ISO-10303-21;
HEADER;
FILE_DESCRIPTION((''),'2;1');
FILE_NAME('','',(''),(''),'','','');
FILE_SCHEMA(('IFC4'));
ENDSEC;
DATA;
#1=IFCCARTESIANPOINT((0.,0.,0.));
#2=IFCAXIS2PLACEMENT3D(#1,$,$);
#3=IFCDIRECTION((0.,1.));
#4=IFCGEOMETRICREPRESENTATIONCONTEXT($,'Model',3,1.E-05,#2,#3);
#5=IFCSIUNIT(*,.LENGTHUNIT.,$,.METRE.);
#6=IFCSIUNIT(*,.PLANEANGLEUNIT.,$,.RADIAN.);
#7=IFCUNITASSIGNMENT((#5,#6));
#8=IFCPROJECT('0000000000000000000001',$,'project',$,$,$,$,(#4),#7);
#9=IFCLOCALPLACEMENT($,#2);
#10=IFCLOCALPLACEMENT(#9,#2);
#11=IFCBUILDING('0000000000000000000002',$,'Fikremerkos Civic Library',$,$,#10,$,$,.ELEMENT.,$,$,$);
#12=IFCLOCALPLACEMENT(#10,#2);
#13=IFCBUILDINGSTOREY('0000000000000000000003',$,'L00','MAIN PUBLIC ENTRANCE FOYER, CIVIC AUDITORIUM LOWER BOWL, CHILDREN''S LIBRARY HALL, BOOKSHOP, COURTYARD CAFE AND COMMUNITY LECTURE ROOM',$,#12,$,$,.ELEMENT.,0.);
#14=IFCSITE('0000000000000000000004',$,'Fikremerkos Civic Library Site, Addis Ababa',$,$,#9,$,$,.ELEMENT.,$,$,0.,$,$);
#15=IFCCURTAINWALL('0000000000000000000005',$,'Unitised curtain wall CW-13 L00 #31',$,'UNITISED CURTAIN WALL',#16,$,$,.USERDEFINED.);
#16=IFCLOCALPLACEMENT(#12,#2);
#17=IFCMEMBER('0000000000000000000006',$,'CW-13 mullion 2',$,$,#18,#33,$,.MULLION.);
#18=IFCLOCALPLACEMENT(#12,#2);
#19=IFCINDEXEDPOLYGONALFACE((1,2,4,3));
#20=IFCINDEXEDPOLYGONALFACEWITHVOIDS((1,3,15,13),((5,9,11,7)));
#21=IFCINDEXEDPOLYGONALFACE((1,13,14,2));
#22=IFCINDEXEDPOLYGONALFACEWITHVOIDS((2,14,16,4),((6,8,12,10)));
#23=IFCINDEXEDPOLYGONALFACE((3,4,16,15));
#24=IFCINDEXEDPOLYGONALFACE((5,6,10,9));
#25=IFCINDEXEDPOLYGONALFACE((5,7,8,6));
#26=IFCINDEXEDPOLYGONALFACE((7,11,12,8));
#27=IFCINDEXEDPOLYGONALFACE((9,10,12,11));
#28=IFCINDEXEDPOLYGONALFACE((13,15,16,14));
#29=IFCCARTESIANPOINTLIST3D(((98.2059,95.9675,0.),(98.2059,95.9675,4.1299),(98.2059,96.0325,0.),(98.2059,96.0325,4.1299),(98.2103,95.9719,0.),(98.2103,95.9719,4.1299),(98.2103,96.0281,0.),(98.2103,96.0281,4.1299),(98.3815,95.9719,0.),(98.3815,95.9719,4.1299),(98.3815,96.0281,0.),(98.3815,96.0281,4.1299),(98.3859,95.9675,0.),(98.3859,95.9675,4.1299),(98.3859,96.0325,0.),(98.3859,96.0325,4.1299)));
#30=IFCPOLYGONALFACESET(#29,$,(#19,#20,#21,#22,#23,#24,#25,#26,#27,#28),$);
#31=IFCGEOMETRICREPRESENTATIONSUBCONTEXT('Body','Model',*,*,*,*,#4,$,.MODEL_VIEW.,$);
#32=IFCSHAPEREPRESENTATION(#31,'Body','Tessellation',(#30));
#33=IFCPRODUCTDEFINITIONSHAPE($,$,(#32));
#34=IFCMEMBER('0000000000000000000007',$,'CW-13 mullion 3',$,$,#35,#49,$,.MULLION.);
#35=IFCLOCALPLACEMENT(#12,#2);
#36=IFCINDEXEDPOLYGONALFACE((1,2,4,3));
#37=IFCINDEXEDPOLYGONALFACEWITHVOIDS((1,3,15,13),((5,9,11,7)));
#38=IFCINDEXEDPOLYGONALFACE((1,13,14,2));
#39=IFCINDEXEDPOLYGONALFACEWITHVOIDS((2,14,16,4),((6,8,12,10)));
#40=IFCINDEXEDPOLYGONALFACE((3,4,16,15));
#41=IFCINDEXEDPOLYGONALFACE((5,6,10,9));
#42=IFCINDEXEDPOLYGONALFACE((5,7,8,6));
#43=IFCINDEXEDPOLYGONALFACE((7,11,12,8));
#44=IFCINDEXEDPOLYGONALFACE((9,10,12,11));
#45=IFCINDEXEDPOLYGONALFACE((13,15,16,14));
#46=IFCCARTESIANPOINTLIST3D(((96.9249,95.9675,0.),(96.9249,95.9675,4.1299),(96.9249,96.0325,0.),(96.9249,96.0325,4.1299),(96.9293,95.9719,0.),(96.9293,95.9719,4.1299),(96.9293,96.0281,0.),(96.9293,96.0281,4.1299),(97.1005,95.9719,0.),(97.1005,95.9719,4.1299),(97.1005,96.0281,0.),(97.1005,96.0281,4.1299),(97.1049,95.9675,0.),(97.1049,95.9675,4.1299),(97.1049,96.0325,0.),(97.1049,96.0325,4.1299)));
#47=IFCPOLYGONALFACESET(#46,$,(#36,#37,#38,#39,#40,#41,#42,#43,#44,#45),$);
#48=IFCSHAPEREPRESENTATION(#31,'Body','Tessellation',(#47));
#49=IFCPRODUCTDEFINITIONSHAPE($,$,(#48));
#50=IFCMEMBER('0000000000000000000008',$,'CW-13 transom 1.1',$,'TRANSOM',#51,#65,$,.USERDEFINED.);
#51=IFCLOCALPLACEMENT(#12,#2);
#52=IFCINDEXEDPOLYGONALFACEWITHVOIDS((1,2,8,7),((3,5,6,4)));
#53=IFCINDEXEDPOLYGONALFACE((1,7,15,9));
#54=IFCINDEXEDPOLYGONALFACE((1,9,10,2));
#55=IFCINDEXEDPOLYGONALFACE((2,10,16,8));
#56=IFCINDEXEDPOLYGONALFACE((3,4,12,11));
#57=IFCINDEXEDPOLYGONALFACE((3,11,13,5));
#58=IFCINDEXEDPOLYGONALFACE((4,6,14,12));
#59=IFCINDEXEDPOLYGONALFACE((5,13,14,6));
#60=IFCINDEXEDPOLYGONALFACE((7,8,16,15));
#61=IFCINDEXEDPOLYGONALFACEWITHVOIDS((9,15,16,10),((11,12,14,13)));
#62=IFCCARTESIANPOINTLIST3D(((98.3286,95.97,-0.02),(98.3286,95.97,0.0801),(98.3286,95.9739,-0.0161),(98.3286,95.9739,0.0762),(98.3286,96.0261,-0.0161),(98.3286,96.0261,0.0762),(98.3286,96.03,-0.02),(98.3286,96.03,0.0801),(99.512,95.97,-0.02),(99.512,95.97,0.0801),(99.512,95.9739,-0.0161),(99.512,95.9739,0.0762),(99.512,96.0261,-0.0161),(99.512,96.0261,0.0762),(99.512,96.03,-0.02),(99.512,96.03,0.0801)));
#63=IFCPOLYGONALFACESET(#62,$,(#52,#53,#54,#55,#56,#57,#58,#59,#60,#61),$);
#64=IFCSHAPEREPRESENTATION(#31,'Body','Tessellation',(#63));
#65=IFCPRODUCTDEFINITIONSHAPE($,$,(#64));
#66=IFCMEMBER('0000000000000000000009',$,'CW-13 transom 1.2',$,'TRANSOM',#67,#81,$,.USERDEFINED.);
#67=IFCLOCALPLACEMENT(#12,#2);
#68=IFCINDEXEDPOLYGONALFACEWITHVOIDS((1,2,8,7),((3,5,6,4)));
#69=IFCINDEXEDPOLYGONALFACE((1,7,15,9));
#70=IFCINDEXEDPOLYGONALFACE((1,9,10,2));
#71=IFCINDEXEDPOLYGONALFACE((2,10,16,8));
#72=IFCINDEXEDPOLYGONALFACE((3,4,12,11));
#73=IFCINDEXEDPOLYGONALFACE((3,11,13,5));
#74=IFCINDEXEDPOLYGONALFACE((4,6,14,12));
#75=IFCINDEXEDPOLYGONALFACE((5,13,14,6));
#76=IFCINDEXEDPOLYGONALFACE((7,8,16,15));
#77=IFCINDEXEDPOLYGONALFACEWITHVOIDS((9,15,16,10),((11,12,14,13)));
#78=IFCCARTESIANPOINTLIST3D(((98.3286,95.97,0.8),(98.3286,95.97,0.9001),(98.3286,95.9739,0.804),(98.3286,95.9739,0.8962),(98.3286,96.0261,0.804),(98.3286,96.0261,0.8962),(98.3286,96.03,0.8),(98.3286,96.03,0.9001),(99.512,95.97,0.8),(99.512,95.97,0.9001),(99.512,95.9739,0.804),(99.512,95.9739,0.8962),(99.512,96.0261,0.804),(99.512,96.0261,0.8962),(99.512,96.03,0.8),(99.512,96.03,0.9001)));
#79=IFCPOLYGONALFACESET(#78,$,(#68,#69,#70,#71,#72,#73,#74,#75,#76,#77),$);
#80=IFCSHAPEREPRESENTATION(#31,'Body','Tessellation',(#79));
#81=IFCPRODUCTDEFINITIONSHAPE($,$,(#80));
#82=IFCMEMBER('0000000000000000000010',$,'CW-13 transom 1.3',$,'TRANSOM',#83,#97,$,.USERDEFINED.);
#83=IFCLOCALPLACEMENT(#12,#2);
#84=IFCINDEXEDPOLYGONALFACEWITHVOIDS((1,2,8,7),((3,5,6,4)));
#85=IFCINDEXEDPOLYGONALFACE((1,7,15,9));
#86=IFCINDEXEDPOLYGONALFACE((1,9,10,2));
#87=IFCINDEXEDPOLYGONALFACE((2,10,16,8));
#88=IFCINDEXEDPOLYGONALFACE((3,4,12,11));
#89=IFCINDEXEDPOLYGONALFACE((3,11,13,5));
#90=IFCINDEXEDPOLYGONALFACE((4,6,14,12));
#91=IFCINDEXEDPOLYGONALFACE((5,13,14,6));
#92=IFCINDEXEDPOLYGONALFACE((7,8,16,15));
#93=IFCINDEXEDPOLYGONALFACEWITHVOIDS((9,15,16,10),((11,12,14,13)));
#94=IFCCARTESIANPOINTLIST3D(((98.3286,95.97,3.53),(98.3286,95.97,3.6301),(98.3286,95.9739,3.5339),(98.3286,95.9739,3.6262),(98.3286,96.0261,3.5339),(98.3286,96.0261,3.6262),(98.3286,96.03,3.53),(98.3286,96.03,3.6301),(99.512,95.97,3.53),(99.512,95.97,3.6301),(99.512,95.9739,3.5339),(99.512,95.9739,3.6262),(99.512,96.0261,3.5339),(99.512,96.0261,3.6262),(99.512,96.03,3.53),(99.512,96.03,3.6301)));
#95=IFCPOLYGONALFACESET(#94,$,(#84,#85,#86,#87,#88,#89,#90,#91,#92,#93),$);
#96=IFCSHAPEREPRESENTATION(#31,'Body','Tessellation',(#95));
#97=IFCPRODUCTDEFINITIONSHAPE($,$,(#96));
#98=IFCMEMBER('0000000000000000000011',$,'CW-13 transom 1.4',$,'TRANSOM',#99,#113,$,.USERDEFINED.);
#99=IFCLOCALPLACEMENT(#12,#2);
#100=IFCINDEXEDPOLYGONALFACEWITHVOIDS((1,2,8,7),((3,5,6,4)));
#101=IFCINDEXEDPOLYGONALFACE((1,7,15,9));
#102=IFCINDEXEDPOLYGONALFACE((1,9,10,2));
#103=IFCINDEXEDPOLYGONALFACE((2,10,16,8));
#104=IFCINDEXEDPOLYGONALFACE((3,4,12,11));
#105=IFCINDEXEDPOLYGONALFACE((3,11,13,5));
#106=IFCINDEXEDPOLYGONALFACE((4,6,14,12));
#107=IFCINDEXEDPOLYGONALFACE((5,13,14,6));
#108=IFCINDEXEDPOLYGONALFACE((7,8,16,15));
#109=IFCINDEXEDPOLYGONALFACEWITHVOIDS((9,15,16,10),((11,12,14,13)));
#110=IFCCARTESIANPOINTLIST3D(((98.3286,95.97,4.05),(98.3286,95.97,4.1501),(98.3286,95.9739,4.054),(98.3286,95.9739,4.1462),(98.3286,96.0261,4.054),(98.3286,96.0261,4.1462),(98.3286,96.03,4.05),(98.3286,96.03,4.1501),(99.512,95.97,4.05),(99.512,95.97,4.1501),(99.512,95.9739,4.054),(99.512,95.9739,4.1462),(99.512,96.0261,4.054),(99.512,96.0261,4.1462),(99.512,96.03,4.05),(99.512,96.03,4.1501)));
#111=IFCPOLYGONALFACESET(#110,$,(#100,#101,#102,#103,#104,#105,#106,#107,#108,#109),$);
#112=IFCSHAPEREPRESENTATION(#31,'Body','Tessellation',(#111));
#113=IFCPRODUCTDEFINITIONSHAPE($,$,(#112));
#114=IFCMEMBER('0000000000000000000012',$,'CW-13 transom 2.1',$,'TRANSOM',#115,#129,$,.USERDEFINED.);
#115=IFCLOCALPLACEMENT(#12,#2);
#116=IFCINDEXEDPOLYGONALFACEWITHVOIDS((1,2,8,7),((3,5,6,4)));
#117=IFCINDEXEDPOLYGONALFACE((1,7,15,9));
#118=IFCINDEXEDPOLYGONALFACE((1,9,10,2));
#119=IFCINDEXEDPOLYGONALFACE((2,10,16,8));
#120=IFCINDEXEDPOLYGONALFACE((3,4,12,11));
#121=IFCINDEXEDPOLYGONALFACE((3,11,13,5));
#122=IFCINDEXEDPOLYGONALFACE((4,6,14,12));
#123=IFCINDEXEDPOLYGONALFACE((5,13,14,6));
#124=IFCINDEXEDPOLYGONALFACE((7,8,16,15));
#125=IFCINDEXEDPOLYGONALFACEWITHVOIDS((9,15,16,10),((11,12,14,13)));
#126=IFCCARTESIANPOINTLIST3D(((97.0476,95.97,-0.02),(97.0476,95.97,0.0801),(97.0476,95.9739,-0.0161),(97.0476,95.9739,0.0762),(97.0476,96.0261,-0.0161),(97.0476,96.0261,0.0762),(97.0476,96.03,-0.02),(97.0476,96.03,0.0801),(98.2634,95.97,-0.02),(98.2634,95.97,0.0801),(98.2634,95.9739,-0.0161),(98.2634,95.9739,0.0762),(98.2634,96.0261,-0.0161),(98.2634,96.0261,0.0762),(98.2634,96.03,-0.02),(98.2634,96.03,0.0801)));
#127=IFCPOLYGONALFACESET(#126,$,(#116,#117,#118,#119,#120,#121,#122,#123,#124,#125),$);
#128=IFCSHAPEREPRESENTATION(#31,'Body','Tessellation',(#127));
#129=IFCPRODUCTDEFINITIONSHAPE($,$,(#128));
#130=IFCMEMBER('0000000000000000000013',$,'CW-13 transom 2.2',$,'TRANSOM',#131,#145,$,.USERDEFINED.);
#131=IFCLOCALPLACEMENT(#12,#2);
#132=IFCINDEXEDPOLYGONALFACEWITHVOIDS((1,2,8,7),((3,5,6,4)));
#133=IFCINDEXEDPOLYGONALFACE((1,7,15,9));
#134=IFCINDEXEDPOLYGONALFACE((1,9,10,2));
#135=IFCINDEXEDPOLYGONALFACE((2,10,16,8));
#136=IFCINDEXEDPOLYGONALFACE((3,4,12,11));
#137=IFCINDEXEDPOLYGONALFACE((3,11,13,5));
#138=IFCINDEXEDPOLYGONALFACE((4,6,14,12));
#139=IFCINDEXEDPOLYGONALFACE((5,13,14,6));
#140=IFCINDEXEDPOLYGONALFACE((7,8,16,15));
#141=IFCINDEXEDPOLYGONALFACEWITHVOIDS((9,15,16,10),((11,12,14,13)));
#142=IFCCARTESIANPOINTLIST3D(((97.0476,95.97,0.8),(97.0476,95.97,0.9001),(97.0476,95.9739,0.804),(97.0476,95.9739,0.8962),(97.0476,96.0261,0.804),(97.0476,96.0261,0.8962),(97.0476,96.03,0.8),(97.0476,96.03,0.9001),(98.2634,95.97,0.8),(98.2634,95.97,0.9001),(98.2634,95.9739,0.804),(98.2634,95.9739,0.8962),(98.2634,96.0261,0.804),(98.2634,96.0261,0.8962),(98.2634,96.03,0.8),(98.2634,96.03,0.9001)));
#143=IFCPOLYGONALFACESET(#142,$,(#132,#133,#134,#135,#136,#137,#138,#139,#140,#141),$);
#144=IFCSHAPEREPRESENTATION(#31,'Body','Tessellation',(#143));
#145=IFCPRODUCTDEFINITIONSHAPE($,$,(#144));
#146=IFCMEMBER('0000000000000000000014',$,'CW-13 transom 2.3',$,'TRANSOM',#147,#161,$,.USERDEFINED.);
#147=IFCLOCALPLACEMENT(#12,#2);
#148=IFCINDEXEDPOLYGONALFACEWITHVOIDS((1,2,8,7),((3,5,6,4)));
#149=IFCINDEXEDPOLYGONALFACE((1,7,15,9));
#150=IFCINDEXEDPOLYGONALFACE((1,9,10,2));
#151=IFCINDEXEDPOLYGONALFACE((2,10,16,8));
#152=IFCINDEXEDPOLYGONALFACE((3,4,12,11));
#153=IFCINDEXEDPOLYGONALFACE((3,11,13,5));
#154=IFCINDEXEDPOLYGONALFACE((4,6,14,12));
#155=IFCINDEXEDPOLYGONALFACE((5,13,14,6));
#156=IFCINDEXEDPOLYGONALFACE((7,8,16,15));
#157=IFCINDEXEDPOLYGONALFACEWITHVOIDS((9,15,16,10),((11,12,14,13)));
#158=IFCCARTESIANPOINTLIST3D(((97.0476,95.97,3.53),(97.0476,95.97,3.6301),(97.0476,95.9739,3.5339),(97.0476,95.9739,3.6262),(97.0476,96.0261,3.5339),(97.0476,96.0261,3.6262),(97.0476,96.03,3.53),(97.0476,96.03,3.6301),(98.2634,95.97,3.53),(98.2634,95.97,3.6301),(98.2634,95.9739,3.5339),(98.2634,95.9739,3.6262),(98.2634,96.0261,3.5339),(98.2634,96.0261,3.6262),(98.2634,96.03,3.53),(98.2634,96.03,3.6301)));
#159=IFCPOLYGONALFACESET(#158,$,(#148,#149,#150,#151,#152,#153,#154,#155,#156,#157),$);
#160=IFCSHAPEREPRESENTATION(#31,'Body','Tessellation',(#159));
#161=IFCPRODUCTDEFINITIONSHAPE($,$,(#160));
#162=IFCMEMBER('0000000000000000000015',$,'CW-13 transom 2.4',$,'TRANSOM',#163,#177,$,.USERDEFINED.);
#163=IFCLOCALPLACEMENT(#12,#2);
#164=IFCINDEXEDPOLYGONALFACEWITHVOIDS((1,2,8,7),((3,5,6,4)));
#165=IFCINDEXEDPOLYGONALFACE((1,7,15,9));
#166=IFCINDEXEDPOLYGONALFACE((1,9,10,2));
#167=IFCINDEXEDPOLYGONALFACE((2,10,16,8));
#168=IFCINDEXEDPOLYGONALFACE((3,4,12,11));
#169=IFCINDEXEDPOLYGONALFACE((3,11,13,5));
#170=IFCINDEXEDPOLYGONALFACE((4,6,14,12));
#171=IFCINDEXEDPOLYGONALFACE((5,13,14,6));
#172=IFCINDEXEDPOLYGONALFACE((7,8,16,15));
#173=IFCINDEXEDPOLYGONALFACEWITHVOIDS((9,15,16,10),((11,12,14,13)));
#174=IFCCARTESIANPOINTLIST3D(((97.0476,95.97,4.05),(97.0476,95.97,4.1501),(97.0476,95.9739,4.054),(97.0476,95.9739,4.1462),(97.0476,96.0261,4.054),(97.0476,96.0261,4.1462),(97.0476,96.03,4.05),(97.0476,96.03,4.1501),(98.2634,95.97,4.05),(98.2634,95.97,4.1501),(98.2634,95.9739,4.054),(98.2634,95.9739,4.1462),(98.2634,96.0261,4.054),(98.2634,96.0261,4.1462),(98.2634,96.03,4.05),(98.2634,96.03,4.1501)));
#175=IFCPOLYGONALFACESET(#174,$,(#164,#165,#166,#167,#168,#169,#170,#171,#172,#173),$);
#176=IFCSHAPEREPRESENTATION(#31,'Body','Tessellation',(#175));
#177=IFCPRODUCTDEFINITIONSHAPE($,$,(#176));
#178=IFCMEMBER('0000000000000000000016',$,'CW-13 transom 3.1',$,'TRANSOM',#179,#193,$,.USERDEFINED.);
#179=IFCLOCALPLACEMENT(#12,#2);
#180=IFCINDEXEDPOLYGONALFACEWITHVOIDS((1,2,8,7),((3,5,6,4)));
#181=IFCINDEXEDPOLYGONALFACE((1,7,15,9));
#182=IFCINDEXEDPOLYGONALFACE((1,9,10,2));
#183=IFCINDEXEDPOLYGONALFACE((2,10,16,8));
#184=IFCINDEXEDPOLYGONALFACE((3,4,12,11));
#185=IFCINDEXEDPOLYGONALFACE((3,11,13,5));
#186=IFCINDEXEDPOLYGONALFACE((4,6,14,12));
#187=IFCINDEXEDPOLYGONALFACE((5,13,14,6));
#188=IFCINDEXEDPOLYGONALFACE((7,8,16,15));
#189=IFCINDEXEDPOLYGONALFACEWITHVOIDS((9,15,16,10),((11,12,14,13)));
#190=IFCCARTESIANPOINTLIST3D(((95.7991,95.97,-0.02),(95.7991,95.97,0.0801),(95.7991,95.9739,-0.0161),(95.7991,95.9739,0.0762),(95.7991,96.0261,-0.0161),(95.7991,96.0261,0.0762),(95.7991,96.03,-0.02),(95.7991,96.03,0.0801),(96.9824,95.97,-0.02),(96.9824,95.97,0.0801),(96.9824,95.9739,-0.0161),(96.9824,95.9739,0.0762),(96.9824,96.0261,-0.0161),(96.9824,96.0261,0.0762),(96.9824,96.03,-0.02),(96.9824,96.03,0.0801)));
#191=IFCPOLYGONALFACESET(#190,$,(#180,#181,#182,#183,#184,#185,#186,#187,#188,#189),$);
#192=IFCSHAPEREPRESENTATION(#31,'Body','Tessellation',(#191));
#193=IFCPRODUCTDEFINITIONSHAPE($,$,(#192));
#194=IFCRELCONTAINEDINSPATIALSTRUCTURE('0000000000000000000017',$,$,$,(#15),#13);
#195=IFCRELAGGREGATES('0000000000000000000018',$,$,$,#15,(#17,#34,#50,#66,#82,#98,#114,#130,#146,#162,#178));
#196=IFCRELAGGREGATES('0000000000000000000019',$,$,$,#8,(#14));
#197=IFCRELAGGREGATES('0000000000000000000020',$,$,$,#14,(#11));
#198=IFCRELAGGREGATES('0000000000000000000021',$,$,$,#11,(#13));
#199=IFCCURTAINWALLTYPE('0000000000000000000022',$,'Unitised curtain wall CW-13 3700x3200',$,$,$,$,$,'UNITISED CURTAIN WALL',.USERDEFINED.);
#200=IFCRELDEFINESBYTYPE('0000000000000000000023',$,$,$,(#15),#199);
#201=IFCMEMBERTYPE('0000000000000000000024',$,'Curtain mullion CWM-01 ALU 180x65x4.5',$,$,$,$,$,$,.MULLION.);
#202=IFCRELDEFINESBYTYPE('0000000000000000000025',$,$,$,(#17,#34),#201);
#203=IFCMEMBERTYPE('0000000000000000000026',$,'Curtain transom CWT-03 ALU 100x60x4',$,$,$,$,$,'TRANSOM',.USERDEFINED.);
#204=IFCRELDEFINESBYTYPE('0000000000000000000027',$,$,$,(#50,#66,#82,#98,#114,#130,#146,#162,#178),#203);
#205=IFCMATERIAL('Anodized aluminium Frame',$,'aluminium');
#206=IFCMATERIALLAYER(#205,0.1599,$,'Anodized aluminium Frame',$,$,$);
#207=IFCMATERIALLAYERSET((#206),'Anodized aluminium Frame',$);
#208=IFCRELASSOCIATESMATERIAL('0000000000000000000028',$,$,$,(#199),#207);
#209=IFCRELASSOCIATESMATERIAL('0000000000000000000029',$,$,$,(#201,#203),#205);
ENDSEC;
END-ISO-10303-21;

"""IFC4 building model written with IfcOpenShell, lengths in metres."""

from ifc_helpers import new_model, si_unit, direction, frame, origin, origin_2d, place, context, subcontext, project, spatial, hollow_rectangle, extrude, material, layer, layer_set, material_profile, profile_set, type_object, element, aggregate, save


model = new_model("IFC4")

# Units and contexts
model_context = context("Model", 3, precision=1e-05, world=origin(), true_north=direction((0.0, 1.0)))
body_context = subcontext(model_context, "Body", "Model", "MODEL_VIEW")
ifc_project = project(units=[si_unit("LENGTHUNIT", "METRE"), si_unit("PLANEANGLEUNIT", "RADIAN")], contexts=[model_context])

# Site, building, storey
site_placement = place(None, origin())
site = spatial("IfcSite", under=ifc_project, at=site_placement, Name="Fikremerkos Civic Library Site, Addis Ababa", CompositionType="ELEMENT", RefElevation=0.0)
building_placement = place(site_placement, origin())
building = spatial("IfcBuilding", under=site, at=building_placement, Name="Fikremerkos Civic Library", CompositionType="ELEMENT")
storey_placement = place(building_placement, origin())
storey = spatial("IfcBuildingStorey", under=building, at=storey_placement, Name="L00", Description="MAIN PUBLIC ENTRANCE FOYER, CIVIC AUDITORIUM LOWER BOWL, CHILDREN'S LIBRARY HALL, BOOKSHOP, COURTYARD CAFE AND COMMUNITY LECTURE ROOM", CompositionType="ELEMENT", Elevation=0.0)

# Curtain wall, members
ifc_material_1 = material(Name="Anodized aluminium Frame", Category="aluminium")
ifc_layer_1 = layer(ifc_material_1, 0.1599, Name="Anodized aluminium Frame")
ifc_layer_set_1 = layer_set([ifc_layer_1], Name="Anodized aluminium Frame")
curtain_wall_type = type_object("IfcCurtainWallType", Name="Unitised curtain wall CW-13 3700x3200", ElementType="UNITISED CURTAIN WALL", PredefinedType="USERDEFINED", material=ifc_layer_set_1)
curtain_wall_placement = place(storey_placement, origin())
curtain_wall = element("IfcCurtainWall", 1, at=curtain_wall_placement, inside=storey, type_object=curtain_wall_type, Name="Unitised curtain wall CW-13 L00 #31", ObjectType="UNITISED CURTAIN WALL", PredefinedType="USERDEFINED")
ifc_material_profile_1 = material_profile(ifc_material_1, hollow_rectangle(XDim=0.0649, YDim=0.1799, WallThickness=0.0044, at=origin_2d()), Name="ALU 180x65x4.5")
ifc_profile_set_1 = profile_set([ifc_material_profile_1], Name="Anodized aluminium Frame")
member_type_1 = type_object("IfcMemberType", Name="Curtain mullion CWM-01 ALU 180x65x4.5", PredefinedType="MULLION", material=ifc_profile_set_1)
member_1_placement = place(storey_placement, frame((98.2959, 96.0, 0.0), z_axis=(0.0, 0.0, 1.0), x_axis=(0.0, -1.0, 0.0)))
member_1 = element("IfcMember", 2, at=member_1_placement, type_object=member_type_1, Name="CW-13 mullion 2", PredefinedType="MULLION", context=body_context, shape_type="SweptSolid", body=[
    extrude(hollow_rectangle(XDim=0.0649, YDim=0.1799, WallThickness=0.0044, at=origin_2d()), origin(), (0.0, 0.0, 1.0), 4.1299),
])
member_2_placement = place(storey_placement, frame((97.0149, 96.0, 0.0), z_axis=(0.0, 0.0, 1.0), x_axis=(0.0, -1.0, 0.0)))
member_2 = element("IfcMember", 3, at=member_2_placement, type_object=member_type_1, Name="CW-13 mullion 3", PredefinedType="MULLION", context=body_context, shape_type="SweptSolid", body=[
    extrude(hollow_rectangle(XDim=0.0649, YDim=0.1799, WallThickness=0.0044, at=origin_2d()), origin(), (0.0, 0.0, 1.0), 4.1299),
])
ifc_material_profile_2 = material_profile(ifc_material_1, hollow_rectangle(XDim=0.0601, YDim=0.1001, WallThickness=0.0039, at=origin_2d()), Name="ALU 100x60x4")
ifc_profile_set_2 = profile_set([ifc_material_profile_2], Name="Anodized aluminium Frame")
member_type_2 = type_object("IfcMemberType", Name="Curtain transom CWT-03 ALU 100x60x4", ElementType="TRANSOM", PredefinedType="USERDEFINED", material=ifc_profile_set_2)
member_3_placement = place(storey_placement, frame((99.512, 96.0, 0.03), z_axis=(-1.0, 0.0, 0.0), x_axis=(0.0, -1.0, 0.0)))
member_3 = element("IfcMember", 4, at=member_3_placement, type_object=member_type_2, Name="CW-13 transom 1.1", ObjectType="TRANSOM", PredefinedType="USERDEFINED", context=body_context, shape_type="SweptSolid", body=[
    extrude(hollow_rectangle(XDim=0.0601, YDim=0.1001, WallThickness=0.0039, at=origin_2d()), origin(), (0.0, 0.0, 1.0), 1.1833),
])
member_4_placement = place(storey_placement, frame((99.512, 96.0, 0.8501), z_axis=(-1.0, 0.0, 0.0), x_axis=(0.0, -1.0, 0.0)))
member_4 = element("IfcMember", 5, at=member_4_placement, type_object=member_type_2, Name="CW-13 transom 1.2", ObjectType="TRANSOM", PredefinedType="USERDEFINED", context=body_context, shape_type="SweptSolid", body=[
    extrude(hollow_rectangle(XDim=0.0601, YDim=0.1001, WallThickness=0.0039, at=origin_2d()), origin(), (0.0, 0.0, 1.0), 1.1833),
])
member_5_placement = place(storey_placement, frame((99.512, 96.0, 3.5801), z_axis=(-1.0, 0.0, 0.0), x_axis=(0.0, -1.0, 0.0)))
member_5 = element("IfcMember", 6, at=member_5_placement, type_object=member_type_2, Name="CW-13 transom 1.3", ObjectType="TRANSOM", PredefinedType="USERDEFINED", context=body_context, shape_type="SweptSolid", body=[
    extrude(hollow_rectangle(XDim=0.0601, YDim=0.1001, WallThickness=0.0039, at=origin_2d()), origin(), (0.0, 0.0, 1.0), 1.1833),
])
member_6_placement = place(storey_placement, frame((99.512, 96.0, 4.1001), z_axis=(-1.0, 0.0, 0.0), x_axis=(0.0, -1.0, 0.0)))
member_6 = element("IfcMember", 7, at=member_6_placement, type_object=member_type_2, Name="CW-13 transom 1.4", ObjectType="TRANSOM", PredefinedType="USERDEFINED", context=body_context, shape_type="SweptSolid", body=[
    extrude(hollow_rectangle(XDim=0.0601, YDim=0.1001, WallThickness=0.0039, at=origin_2d()), origin(), (0.0, 0.0, 1.0), 1.1833),
])
member_7_placement = place(storey_placement, frame((98.2634, 96.0, 0.03), z_axis=(-1.0, 0.0, 0.0), x_axis=(0.0, -1.0, 0.0)))
member_7 = element("IfcMember", 8, at=member_7_placement, type_object=member_type_2, Name="CW-13 transom 2.1", ObjectType="TRANSOM", PredefinedType="USERDEFINED", context=body_context, shape_type="SweptSolid", body=[
    extrude(hollow_rectangle(XDim=0.0601, YDim=0.1001, WallThickness=0.0039, at=origin_2d()), origin(), (0.0, 0.0, 1.0), 1.2158),
])
member_8_placement = place(storey_placement, frame((98.2634, 96.0, 0.8501), z_axis=(-1.0, 0.0, 0.0), x_axis=(0.0, -1.0, 0.0)))
member_8 = element("IfcMember", 9, at=member_8_placement, type_object=member_type_2, Name="CW-13 transom 2.2", ObjectType="TRANSOM", PredefinedType="USERDEFINED", context=body_context, shape_type="SweptSolid", body=[
    extrude(hollow_rectangle(XDim=0.0601, YDim=0.1001, WallThickness=0.0039, at=origin_2d()), origin(), (0.0, 0.0, 1.0), 1.2158),
])
member_9_placement = place(storey_placement, frame((98.2634, 96.0, 3.5801), z_axis=(-1.0, 0.0, 0.0), x_axis=(0.0, -1.0, 0.0)))
member_9 = element("IfcMember", 10, at=member_9_placement, type_object=member_type_2, Name="CW-13 transom 2.3", ObjectType="TRANSOM", PredefinedType="USERDEFINED", context=body_context, shape_type="SweptSolid", body=[
    extrude(hollow_rectangle(XDim=0.0601, YDim=0.1001, WallThickness=0.0039, at=origin_2d()), origin(), (0.0, 0.0, 1.0), 1.2158),
])
member_10_placement = place(storey_placement, frame((98.2634, 96.0, 4.1001), z_axis=(-1.0, 0.0, 0.0), x_axis=(0.0, -1.0, 0.0)))
member_10 = element("IfcMember", 11, at=member_10_placement, type_object=member_type_2, Name="CW-13 transom 2.4", ObjectType="TRANSOM", PredefinedType="USERDEFINED", context=body_context, shape_type="SweptSolid", body=[
    extrude(hollow_rectangle(XDim=0.0601, YDim=0.1001, WallThickness=0.0039, at=origin_2d()), origin(), (0.0, 0.0, 1.0), 1.2158),
])
member_11_placement = place(storey_placement, frame((96.9824, 96.0, 0.03), z_axis=(-1.0, 0.0, 0.0), x_axis=(0.0, -1.0, 0.0)))
member_11 = element("IfcMember", 12, at=member_11_placement, type_object=member_type_2, Name="CW-13 transom 3.1", ObjectType="TRANSOM", PredefinedType="USERDEFINED", context=body_context, shape_type="SweptSolid", body=[
    extrude(hollow_rectangle(XDim=0.0601, YDim=0.1001, WallThickness=0.0039, at=origin_2d()), origin(), (0.0, 0.0, 1.0), 1.1833),
])
aggregate(curtain_wall, [member_1, member_2, member_3, member_4, member_5, member_6, member_7, member_8, member_9, member_10, member_11])

save(model, "model.ifc")
